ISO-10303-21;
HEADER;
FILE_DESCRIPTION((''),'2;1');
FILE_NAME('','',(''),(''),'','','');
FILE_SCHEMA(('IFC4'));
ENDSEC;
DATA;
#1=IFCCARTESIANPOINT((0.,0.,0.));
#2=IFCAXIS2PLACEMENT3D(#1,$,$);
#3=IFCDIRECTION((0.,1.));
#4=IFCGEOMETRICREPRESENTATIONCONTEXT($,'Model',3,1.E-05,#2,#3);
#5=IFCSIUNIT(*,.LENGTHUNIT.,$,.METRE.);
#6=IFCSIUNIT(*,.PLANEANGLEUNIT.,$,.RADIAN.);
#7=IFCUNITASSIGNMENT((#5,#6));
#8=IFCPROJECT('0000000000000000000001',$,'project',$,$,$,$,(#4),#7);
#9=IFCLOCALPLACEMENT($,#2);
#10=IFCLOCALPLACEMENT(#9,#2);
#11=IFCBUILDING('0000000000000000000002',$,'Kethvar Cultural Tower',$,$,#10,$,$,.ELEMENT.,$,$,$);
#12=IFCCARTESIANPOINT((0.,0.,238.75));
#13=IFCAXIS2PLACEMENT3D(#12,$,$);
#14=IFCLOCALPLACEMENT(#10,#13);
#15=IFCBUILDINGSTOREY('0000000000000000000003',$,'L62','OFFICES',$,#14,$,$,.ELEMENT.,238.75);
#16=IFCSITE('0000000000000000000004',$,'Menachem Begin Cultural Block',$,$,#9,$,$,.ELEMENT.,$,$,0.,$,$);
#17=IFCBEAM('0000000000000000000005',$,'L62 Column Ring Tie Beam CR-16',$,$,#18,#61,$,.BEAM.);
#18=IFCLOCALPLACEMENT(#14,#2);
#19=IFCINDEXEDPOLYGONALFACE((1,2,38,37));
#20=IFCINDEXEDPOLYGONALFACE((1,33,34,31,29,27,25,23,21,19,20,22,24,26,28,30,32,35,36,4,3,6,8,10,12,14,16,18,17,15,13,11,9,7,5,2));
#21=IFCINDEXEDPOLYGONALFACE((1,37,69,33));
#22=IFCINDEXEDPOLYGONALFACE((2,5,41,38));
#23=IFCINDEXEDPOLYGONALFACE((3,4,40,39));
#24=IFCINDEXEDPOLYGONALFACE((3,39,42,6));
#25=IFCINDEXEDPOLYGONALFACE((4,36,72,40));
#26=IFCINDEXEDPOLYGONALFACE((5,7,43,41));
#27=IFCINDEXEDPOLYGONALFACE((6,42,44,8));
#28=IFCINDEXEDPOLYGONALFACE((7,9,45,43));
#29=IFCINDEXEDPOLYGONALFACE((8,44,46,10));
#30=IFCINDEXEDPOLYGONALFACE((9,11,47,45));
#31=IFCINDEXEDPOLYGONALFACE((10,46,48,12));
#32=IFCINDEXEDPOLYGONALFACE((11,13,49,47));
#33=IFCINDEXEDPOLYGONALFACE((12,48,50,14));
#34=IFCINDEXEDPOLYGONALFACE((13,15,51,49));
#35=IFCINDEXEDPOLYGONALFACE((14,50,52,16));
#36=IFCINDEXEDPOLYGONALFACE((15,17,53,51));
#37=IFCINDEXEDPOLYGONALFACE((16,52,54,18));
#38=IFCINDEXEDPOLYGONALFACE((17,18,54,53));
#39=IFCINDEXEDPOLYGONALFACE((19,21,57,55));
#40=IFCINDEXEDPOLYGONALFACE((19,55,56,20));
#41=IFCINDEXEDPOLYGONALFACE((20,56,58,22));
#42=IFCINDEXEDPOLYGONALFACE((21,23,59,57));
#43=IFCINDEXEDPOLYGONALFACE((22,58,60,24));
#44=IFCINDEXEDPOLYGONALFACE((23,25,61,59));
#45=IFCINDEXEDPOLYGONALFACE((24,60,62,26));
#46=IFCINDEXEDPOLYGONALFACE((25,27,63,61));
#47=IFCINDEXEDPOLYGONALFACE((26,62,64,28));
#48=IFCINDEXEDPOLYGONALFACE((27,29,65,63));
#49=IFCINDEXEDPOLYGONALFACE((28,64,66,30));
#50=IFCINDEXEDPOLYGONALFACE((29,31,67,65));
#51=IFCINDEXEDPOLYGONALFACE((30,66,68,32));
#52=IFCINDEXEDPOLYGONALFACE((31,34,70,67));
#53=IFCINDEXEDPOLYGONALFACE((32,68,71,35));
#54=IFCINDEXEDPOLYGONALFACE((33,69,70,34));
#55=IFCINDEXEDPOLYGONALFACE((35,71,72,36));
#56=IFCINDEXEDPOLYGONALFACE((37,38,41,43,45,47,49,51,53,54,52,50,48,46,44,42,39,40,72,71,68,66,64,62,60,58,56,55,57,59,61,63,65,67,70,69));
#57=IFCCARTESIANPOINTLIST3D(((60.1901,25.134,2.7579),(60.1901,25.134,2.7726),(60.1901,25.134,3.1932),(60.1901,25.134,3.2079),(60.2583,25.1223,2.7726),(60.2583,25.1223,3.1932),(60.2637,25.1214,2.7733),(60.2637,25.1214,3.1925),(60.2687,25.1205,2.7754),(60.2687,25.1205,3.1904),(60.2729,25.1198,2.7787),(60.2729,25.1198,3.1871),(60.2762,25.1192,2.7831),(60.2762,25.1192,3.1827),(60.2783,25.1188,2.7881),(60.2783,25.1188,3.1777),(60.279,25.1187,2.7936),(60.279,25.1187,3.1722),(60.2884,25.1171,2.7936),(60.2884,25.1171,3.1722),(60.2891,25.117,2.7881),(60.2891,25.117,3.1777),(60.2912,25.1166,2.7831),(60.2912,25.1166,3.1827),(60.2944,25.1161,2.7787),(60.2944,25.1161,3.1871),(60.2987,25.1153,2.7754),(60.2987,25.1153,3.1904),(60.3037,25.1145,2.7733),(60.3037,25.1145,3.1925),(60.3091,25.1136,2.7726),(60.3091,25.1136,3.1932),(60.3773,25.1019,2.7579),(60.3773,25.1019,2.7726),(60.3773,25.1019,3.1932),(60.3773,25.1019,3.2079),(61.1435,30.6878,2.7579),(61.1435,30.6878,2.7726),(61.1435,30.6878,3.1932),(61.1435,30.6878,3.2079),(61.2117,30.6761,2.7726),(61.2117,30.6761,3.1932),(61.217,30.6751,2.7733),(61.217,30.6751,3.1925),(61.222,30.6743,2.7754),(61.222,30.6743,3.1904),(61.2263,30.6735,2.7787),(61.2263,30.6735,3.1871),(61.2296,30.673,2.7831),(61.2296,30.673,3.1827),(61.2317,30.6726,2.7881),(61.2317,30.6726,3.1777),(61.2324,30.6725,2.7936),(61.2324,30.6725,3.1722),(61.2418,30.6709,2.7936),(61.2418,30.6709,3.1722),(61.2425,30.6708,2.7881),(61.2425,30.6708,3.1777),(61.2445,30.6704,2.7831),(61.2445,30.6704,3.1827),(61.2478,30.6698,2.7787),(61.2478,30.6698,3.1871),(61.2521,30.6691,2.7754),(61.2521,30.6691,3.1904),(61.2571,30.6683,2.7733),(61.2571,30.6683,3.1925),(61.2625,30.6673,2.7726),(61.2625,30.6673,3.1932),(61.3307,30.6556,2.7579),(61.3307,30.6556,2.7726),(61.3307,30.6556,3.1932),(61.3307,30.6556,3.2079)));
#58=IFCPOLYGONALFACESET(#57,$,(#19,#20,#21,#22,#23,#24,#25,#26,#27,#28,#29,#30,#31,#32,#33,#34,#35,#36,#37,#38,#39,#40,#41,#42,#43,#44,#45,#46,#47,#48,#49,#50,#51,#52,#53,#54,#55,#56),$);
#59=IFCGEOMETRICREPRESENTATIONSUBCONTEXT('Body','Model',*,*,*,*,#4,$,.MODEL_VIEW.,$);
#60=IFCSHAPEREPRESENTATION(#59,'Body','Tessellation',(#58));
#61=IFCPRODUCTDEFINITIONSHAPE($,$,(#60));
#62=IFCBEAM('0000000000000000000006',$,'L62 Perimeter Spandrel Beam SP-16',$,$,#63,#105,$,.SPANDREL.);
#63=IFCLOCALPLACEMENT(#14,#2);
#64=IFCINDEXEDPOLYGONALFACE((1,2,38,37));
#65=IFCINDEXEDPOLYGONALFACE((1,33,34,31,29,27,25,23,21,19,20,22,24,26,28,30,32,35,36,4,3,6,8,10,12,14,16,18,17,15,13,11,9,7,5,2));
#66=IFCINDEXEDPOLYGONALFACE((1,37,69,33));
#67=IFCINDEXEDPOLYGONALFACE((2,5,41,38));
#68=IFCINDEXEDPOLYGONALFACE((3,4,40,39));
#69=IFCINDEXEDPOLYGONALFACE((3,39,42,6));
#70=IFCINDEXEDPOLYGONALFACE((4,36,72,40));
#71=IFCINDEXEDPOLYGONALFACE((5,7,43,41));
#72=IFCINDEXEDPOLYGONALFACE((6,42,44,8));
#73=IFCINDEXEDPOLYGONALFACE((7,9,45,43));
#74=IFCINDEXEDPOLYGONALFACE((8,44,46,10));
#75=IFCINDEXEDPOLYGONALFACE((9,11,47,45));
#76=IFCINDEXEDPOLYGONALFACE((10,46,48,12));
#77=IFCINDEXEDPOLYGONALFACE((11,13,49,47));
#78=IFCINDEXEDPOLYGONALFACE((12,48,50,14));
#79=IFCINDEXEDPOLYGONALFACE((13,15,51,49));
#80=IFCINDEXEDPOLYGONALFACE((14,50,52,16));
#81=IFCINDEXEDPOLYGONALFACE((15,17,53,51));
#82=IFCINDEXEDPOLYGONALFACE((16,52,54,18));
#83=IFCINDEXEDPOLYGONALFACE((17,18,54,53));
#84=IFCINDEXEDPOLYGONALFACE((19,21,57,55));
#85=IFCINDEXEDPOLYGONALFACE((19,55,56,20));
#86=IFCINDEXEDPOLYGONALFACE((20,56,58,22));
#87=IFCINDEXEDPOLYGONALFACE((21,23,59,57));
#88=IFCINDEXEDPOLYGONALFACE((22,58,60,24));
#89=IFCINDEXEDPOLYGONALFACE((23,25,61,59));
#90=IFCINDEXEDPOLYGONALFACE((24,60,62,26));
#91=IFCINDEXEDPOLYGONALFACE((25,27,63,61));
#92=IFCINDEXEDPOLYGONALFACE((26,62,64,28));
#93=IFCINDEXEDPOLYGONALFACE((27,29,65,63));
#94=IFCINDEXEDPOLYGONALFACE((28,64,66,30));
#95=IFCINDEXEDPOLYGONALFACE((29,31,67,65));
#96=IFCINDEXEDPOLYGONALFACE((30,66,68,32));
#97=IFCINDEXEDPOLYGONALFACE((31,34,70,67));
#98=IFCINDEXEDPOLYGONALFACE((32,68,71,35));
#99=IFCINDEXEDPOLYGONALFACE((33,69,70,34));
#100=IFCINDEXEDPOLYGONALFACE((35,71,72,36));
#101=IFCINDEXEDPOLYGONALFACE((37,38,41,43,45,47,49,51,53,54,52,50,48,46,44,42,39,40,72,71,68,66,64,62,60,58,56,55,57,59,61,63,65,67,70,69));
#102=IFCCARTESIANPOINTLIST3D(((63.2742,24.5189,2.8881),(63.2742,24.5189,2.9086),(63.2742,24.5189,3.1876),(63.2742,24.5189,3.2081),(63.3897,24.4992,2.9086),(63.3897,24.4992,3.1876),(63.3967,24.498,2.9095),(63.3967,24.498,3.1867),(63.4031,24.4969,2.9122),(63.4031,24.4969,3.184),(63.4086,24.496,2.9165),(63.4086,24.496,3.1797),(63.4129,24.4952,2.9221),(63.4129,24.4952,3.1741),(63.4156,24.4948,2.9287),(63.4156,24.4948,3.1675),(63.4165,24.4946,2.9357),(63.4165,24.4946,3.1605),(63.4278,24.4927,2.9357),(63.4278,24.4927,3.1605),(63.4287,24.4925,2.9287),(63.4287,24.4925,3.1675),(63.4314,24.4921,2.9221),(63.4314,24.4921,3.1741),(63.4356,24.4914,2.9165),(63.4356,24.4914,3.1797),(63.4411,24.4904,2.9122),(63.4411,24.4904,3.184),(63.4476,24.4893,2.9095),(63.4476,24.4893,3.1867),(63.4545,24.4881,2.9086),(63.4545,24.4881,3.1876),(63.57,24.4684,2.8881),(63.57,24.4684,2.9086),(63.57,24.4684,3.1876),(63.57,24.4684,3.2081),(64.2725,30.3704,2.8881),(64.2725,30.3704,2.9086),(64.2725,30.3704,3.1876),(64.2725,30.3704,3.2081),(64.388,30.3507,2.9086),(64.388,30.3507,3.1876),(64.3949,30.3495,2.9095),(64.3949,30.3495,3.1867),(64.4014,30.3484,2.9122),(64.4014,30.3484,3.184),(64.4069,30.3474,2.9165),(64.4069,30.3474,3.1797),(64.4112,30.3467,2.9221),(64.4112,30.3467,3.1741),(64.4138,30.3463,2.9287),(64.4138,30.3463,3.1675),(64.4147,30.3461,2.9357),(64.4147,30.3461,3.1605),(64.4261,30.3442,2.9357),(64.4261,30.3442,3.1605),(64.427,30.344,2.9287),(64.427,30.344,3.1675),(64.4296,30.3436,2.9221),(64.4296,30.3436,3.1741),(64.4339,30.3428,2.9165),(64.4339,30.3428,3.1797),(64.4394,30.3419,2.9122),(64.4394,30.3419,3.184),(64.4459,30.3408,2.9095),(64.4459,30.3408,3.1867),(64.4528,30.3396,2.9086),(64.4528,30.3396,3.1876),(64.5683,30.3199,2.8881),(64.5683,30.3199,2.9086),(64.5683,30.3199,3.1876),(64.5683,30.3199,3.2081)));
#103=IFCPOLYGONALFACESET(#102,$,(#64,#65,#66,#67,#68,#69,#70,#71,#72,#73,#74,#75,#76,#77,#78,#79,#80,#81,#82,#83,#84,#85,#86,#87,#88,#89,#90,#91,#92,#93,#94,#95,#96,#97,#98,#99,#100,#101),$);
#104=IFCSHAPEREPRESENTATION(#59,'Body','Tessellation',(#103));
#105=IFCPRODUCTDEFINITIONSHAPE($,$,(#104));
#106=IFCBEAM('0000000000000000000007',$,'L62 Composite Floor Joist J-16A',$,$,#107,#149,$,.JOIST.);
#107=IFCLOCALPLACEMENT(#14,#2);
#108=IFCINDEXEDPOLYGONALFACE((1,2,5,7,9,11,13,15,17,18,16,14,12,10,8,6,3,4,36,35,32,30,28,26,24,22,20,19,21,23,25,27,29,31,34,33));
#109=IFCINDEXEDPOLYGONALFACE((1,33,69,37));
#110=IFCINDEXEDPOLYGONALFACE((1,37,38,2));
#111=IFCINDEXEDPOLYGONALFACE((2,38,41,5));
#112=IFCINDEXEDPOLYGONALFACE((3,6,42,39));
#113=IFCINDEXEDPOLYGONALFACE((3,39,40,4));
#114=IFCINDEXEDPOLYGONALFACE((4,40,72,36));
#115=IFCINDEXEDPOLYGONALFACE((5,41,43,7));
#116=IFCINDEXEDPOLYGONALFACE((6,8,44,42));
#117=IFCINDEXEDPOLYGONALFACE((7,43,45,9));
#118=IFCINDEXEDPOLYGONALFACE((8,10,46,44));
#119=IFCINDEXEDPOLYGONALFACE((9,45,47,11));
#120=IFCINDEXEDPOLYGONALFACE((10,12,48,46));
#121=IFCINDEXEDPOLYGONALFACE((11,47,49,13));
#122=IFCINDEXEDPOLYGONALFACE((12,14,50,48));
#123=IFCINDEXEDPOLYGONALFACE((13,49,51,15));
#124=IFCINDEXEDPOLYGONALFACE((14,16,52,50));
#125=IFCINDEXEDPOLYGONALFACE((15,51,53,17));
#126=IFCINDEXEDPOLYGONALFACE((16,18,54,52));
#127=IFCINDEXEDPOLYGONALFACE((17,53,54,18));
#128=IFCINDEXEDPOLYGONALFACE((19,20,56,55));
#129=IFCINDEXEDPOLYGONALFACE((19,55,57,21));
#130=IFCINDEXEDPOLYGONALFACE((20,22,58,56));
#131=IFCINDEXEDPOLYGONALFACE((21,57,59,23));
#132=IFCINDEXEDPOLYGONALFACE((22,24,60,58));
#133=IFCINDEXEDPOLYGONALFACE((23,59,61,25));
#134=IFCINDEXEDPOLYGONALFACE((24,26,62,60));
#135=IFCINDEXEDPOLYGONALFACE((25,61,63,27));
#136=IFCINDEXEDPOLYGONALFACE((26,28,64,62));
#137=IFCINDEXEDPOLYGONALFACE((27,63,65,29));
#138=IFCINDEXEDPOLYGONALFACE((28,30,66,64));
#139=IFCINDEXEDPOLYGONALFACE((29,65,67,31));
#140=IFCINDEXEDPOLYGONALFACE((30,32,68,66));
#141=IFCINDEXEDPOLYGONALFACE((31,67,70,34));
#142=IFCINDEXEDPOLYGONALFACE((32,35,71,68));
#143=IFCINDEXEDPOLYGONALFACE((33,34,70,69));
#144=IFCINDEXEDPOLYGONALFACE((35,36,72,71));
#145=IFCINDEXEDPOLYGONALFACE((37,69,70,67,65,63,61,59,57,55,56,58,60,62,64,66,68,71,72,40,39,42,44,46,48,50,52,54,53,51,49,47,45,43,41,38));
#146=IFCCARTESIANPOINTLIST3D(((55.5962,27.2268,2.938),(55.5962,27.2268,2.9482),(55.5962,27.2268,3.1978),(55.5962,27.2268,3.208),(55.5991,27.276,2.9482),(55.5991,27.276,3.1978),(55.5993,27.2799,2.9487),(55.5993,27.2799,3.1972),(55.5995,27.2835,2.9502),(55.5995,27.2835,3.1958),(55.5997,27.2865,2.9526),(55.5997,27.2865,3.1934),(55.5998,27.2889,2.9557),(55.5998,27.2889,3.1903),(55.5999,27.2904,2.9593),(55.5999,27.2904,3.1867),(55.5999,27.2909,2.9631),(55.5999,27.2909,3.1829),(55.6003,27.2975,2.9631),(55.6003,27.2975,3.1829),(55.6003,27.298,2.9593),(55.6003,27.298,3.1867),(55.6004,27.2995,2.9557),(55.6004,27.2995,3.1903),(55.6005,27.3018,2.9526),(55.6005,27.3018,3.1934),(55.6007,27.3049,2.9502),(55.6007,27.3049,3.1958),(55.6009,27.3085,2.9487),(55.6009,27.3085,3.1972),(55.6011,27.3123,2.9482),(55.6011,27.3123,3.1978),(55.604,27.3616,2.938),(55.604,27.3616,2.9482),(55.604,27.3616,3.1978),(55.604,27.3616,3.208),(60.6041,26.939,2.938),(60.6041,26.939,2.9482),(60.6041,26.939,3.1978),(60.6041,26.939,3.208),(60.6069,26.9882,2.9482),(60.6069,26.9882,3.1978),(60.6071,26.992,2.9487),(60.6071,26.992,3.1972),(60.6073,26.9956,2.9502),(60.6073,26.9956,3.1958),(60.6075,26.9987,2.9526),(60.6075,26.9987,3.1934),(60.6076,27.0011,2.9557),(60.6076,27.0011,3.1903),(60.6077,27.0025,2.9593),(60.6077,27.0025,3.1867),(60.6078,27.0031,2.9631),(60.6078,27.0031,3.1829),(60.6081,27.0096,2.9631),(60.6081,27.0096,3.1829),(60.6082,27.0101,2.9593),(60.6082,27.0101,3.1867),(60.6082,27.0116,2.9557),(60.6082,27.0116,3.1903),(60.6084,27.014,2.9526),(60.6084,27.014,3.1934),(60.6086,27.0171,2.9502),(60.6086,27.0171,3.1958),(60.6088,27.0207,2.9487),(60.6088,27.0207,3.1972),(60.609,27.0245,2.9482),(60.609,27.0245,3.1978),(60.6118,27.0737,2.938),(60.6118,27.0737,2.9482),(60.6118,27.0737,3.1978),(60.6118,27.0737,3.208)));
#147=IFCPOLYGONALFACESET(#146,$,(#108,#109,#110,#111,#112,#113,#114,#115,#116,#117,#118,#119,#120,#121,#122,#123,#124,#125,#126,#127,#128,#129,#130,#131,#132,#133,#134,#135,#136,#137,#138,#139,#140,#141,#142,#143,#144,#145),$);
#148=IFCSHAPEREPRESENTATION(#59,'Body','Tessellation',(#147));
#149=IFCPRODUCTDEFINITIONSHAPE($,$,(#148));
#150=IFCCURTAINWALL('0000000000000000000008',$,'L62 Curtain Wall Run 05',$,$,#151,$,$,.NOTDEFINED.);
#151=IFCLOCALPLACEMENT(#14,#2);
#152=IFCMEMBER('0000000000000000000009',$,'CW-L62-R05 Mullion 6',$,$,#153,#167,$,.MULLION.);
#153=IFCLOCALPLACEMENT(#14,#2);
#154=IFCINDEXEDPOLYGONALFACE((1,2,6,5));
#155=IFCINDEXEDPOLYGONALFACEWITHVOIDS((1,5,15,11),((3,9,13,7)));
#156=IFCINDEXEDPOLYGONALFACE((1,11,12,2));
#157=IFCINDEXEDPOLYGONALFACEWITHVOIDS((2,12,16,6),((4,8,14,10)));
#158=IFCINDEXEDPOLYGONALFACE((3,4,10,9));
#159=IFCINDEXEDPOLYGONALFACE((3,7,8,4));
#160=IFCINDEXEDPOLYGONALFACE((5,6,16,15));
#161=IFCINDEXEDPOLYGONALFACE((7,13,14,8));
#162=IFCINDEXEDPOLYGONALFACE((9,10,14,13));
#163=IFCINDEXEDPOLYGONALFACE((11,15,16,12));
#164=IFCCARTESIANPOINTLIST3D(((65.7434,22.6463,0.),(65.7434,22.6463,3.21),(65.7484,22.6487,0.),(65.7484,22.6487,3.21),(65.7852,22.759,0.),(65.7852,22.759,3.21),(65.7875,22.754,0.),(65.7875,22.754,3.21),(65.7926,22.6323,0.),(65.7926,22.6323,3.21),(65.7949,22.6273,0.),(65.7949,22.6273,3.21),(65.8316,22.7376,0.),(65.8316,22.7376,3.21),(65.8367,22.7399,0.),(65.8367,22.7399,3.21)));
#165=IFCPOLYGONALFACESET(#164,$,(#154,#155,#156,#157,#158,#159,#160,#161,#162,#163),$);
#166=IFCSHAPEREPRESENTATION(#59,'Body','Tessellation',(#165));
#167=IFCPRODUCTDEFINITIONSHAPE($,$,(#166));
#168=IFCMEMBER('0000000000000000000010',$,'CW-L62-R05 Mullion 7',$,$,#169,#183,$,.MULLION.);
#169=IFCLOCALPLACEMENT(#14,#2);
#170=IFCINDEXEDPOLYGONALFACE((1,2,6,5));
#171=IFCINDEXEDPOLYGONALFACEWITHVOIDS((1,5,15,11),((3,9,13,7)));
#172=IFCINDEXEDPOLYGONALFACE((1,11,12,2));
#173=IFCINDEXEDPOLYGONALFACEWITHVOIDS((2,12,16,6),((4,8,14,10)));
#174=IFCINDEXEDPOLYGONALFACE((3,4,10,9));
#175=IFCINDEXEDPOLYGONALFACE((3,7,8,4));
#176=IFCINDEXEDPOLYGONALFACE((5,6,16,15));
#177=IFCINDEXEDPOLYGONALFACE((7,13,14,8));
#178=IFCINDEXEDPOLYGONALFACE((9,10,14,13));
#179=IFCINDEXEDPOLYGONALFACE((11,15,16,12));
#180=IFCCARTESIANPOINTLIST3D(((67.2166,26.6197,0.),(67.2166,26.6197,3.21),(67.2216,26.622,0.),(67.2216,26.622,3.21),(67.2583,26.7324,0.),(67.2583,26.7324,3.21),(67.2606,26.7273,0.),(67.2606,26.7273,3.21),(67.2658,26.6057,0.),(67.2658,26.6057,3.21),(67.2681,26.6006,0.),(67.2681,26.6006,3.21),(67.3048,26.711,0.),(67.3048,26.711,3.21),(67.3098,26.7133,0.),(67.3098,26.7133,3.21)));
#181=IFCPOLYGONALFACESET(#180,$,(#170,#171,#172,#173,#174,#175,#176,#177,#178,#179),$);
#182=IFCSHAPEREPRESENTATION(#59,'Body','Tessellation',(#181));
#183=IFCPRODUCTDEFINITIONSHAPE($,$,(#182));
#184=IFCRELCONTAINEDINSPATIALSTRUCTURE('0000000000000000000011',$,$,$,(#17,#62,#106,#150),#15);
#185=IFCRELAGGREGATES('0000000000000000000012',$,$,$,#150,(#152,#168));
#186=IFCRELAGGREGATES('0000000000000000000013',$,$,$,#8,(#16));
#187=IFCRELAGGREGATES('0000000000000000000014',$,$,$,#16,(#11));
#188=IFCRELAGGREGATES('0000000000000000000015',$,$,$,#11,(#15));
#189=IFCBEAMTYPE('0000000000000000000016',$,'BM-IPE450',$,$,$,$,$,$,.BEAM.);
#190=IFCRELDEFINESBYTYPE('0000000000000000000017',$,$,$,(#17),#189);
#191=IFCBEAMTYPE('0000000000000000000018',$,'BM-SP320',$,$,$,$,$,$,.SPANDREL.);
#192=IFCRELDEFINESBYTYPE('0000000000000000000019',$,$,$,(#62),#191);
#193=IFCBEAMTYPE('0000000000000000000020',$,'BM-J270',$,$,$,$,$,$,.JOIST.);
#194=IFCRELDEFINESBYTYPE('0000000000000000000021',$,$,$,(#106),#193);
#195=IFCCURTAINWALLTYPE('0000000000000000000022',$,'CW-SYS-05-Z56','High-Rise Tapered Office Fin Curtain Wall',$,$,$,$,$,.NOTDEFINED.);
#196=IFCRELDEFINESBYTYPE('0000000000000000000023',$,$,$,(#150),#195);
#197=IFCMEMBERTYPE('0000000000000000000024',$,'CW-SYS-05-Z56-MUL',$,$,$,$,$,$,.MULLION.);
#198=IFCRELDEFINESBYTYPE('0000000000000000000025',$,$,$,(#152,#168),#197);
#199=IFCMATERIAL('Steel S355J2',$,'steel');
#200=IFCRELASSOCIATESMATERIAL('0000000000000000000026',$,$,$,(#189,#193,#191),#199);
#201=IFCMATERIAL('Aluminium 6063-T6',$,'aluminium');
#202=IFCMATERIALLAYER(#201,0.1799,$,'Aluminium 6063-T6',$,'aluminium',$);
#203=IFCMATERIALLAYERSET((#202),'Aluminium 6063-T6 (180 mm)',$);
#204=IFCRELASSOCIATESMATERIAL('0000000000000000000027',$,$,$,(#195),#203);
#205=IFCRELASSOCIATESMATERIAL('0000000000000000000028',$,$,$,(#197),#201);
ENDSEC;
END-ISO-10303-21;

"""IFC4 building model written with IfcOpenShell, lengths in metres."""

from ifc_helpers import new_model, si_unit, direction, frame, origin, origin_2d, place, context, subcontext, project, spatial, hollow_rectangle, i_section, extrude, source, transform, mapped, material, layer, layer_set, material_profile, profile_set, type_object, element, aggregate, save


model = new_model("IFC4")

# Units and contexts
model_context = context("Model", 3, precision=1e-05, world=origin(), true_north=direction((0.0, 1.0)))
body_context = subcontext(model_context, "Body", "Model", "MODEL_VIEW")
ifc_project = project(units=[si_unit("LENGTHUNIT", "METRE"), si_unit("PLANEANGLEUNIT", "RADIAN")], contexts=[model_context])

# Site, building, storey
site_placement = place(None, origin())
site = spatial("IfcSite", under=ifc_project, at=site_placement, Name="Menachem Begin Cultural Block", CompositionType="ELEMENT", RefElevation=0.0)
building_placement = place(site_placement, origin())
building = spatial("IfcBuilding", under=site, at=building_placement, Name="Kethvar Cultural Tower", CompositionType="ELEMENT")
storey_placement = place(building_placement, frame((0.0, 0.0, 238.75)))
storey = spatial("IfcBuildingStorey", under=building, at=storey_placement, Name="L62", Description="OFFICES", CompositionType="ELEMENT", Elevation=238.75)

# Beams
ifc_material_1 = material(Name="Steel S355J2", Category="steel")
ifc_material_profile_1 = material_profile(ifc_material_1, i_section(OverallWidth=0.1899, OverallDepth=0.45, WebThickness=0.0095, FlangeThickness=0.0146, FilletRadius=0.021, at=origin_2d()), Name="Steel S355J2 — IPE450")
ifc_profile_set_1 = profile_set([ifc_material_profile_1], Name="Steel S355J2 — IPE450")
beam_type_1 = type_object("IfcBeamType", Name="BM-IPE450", PredefinedType="BEAM", material=ifc_profile_set_1)
ifc_material_profile_2 = material_profile(ifc_material_1, i_section(OverallWidth=0.135, OverallDepth=0.27, WebThickness=0.0066, FlangeThickness=0.0103, FilletRadius=0.0149, at=origin_2d()), Name="Steel S355J2 — IPE270")
ifc_profile_set_2 = profile_set([ifc_material_profile_2], Name="Steel S355J2 — IPE270")
beam_type_2 = type_object("IfcBeamType", Name="BM-J270", PredefinedType="JOIST", material=ifc_profile_set_2)
shared_shape_1 = source(origin(), body_context, "Body", "SweptSolid", [
    extrude(i_section(OverallWidth=0.1899, OverallDepth=0.45, WebThickness=0.0095, FlangeThickness=0.0146, FilletRadius=0.021, at=origin_2d()), origin(), (0.0, 0.0, 1.0), 5.635),
])
beam_1_placement = place(storey_placement, frame((60.2837, 25.1179, 2.9829), z_axis=(0.169189, 0.985584, 0.0), x_axis=(-0.985584, 0.169189, 0.0)))
element("IfcBeam", 1, at=beam_1_placement, inside=storey, type_object=beam_type_1, Name="L62 Column Ring Tie Beam CR-16", PredefinedType="BEAM", context=body_context, shape_type="MappedRepresentation", body=[
    mapped(shared_shape_1, transform((0.0, 0.0, 0.0), scale=1.0)),
])
ifc_material_profile_3 = material_profile(ifc_material_1, i_section(OverallWidth=0.3, OverallDepth=0.3201, WebThickness=0.0115, FlangeThickness=0.0205, FilletRadius=0.0271, at=origin_2d()), Name="Steel S355J2 — HEB320")
ifc_profile_set_3 = profile_set([ifc_material_profile_3], Name="Steel S355J2 — HEB320")
beam_type_3 = type_object("IfcBeamType", Name="BM-SP320", PredefinedType="SPANDREL", material=ifc_profile_set_3)
shared_shape_2 = source(origin(), body_context, "Body", "SweptSolid", [
    extrude(i_section(OverallWidth=0.3, OverallDepth=0.3201, WebThickness=0.0115, FlangeThickness=0.0205, FilletRadius=0.0271, at=origin_2d()), origin(), (0.0, 0.0, 1.0), 5.936),
])
beam_2_placement = place(storey_placement, frame((63.4221, 24.4937, 3.0481), z_axis=(0.168173, 0.985758, 0.0), x_axis=(-0.985758, 0.168173, 0.0)))
element("IfcBeam", 2, at=beam_2_placement, inside=storey, type_object=beam_type_3, Name="L62 Perimeter Spandrel Beam SP-16", PredefinedType="SPANDREL", context=body_context, shape_type="MappedRepresentation", body=[
    mapped(shared_shape_2, transform((0.0, 0.0, 0.0), scale=1.0)),
])
shared_shape_3 = source(origin(), body_context, "Body", "SweptSolid", [
    extrude(i_section(OverallWidth=0.135, OverallDepth=0.27, WebThickness=0.0066, FlangeThickness=0.0103, FilletRadius=0.0149, at=origin_2d()), origin(), (0.0, 0.0, 1.0), 5.0161),
])
beam_3_placement = place(storey_placement, frame((55.6001, 27.2942, 3.073), z_axis=(0.998352, -0.057384, 0.0), x_axis=(0.057384, 0.998352, 0.0)))
element("IfcBeam", 3, at=beam_3_placement, inside=storey, type_object=beam_type_2, Name="L62 Composite Floor Joist J-16A", PredefinedType="JOIST", context=body_context, shape_type="MappedRepresentation", body=[
    mapped(shared_shape_3, transform((0.0, 0.0, 0.0), scale=1.0)),
])

# Curtain wall, members
ifc_material_2 = material(Name="Aluminium 6063-T6", Category="aluminium")
ifc_layer_1 = layer(ifc_material_2, 0.1799, Name="Aluminium 6063-T6", Category="aluminium")
ifc_layer_set_1 = layer_set([ifc_layer_1], Name="Aluminium 6063-T6 (180 mm)")
curtain_wall_type = type_object("IfcCurtainWallType", Name="CW-SYS-05-Z56", Description="High-Rise Tapered Office Fin Curtain Wall", PredefinedType="NOTDEFINED", material=ifc_layer_set_1)
curtain_wall_1_placement = place(storey_placement, origin())
curtain_wall_1 = element("IfcCurtainWall", 4, at=curtain_wall_1_placement, inside=storey, type_object=curtain_wall_type, Name="L62 Curtain Wall Run 05", PredefinedType="NOTDEFINED")
ifc_material_profile_4 = material_profile(ifc_material_2, hollow_rectangle(XDim=0.0549, YDim=0.1201, WallThickness=0.0039, at=origin_2d()), Name="Aluminium 6063-T6 — RHS120x55x4")
ifc_profile_set_4 = profile_set([ifc_material_profile_4], Name="Aluminium 6063-T6 — RHS120x55x4")
member_type_1 = type_object("IfcMemberType", Name="CW-SYS-05-Z56-MUL", PredefinedType="MULLION", material=ifc_profile_set_4)
shared_shape_4 = source(origin(), body_context, "Body", "SweptSolid", [
    extrude(hollow_rectangle(XDim=0.0549, YDim=0.1201, WallThickness=0.0039, at=origin_2d()), origin(), (0.0, 0.0, 1.0), 3.21),
])
member_1_placement = place(storey_placement, frame((65.79, 22.6931, 0.0), z_axis=(0.0, 0.0, 1.0), x_axis=(-0.937646, 0.34759, 0.0)))
member_1 = element("IfcMember", 5, at=member_1_placement, type_object=member_type_1, Name="CW-L62-R05 Mullion 6", PredefinedType="MULLION", context=body_context, shape_type="MappedRepresentation", body=[
    mapped(shared_shape_4, transform((0.0, 0.0, 0.0), scale=1.0)),
])
member_2_placement = place(storey_placement, frame((67.2632, 26.6665, 0.0), z_axis=(0.0, 0.0, 1.0), x_axis=(-0.937646, 0.34759, 0.0)))
member_2 = element("IfcMember", 6, at=member_2_placement, type_object=member_type_1, Name="CW-L62-R05 Mullion 7", PredefinedType="MULLION", context=body_context, shape_type="MappedRepresentation", body=[
    mapped(shared_shape_4, transform((0.0, 0.0, 0.0), scale=1.0)),
])

aggregate(curtain_wall_1, [member_1, member_2])

save(model, "model.ifc")
